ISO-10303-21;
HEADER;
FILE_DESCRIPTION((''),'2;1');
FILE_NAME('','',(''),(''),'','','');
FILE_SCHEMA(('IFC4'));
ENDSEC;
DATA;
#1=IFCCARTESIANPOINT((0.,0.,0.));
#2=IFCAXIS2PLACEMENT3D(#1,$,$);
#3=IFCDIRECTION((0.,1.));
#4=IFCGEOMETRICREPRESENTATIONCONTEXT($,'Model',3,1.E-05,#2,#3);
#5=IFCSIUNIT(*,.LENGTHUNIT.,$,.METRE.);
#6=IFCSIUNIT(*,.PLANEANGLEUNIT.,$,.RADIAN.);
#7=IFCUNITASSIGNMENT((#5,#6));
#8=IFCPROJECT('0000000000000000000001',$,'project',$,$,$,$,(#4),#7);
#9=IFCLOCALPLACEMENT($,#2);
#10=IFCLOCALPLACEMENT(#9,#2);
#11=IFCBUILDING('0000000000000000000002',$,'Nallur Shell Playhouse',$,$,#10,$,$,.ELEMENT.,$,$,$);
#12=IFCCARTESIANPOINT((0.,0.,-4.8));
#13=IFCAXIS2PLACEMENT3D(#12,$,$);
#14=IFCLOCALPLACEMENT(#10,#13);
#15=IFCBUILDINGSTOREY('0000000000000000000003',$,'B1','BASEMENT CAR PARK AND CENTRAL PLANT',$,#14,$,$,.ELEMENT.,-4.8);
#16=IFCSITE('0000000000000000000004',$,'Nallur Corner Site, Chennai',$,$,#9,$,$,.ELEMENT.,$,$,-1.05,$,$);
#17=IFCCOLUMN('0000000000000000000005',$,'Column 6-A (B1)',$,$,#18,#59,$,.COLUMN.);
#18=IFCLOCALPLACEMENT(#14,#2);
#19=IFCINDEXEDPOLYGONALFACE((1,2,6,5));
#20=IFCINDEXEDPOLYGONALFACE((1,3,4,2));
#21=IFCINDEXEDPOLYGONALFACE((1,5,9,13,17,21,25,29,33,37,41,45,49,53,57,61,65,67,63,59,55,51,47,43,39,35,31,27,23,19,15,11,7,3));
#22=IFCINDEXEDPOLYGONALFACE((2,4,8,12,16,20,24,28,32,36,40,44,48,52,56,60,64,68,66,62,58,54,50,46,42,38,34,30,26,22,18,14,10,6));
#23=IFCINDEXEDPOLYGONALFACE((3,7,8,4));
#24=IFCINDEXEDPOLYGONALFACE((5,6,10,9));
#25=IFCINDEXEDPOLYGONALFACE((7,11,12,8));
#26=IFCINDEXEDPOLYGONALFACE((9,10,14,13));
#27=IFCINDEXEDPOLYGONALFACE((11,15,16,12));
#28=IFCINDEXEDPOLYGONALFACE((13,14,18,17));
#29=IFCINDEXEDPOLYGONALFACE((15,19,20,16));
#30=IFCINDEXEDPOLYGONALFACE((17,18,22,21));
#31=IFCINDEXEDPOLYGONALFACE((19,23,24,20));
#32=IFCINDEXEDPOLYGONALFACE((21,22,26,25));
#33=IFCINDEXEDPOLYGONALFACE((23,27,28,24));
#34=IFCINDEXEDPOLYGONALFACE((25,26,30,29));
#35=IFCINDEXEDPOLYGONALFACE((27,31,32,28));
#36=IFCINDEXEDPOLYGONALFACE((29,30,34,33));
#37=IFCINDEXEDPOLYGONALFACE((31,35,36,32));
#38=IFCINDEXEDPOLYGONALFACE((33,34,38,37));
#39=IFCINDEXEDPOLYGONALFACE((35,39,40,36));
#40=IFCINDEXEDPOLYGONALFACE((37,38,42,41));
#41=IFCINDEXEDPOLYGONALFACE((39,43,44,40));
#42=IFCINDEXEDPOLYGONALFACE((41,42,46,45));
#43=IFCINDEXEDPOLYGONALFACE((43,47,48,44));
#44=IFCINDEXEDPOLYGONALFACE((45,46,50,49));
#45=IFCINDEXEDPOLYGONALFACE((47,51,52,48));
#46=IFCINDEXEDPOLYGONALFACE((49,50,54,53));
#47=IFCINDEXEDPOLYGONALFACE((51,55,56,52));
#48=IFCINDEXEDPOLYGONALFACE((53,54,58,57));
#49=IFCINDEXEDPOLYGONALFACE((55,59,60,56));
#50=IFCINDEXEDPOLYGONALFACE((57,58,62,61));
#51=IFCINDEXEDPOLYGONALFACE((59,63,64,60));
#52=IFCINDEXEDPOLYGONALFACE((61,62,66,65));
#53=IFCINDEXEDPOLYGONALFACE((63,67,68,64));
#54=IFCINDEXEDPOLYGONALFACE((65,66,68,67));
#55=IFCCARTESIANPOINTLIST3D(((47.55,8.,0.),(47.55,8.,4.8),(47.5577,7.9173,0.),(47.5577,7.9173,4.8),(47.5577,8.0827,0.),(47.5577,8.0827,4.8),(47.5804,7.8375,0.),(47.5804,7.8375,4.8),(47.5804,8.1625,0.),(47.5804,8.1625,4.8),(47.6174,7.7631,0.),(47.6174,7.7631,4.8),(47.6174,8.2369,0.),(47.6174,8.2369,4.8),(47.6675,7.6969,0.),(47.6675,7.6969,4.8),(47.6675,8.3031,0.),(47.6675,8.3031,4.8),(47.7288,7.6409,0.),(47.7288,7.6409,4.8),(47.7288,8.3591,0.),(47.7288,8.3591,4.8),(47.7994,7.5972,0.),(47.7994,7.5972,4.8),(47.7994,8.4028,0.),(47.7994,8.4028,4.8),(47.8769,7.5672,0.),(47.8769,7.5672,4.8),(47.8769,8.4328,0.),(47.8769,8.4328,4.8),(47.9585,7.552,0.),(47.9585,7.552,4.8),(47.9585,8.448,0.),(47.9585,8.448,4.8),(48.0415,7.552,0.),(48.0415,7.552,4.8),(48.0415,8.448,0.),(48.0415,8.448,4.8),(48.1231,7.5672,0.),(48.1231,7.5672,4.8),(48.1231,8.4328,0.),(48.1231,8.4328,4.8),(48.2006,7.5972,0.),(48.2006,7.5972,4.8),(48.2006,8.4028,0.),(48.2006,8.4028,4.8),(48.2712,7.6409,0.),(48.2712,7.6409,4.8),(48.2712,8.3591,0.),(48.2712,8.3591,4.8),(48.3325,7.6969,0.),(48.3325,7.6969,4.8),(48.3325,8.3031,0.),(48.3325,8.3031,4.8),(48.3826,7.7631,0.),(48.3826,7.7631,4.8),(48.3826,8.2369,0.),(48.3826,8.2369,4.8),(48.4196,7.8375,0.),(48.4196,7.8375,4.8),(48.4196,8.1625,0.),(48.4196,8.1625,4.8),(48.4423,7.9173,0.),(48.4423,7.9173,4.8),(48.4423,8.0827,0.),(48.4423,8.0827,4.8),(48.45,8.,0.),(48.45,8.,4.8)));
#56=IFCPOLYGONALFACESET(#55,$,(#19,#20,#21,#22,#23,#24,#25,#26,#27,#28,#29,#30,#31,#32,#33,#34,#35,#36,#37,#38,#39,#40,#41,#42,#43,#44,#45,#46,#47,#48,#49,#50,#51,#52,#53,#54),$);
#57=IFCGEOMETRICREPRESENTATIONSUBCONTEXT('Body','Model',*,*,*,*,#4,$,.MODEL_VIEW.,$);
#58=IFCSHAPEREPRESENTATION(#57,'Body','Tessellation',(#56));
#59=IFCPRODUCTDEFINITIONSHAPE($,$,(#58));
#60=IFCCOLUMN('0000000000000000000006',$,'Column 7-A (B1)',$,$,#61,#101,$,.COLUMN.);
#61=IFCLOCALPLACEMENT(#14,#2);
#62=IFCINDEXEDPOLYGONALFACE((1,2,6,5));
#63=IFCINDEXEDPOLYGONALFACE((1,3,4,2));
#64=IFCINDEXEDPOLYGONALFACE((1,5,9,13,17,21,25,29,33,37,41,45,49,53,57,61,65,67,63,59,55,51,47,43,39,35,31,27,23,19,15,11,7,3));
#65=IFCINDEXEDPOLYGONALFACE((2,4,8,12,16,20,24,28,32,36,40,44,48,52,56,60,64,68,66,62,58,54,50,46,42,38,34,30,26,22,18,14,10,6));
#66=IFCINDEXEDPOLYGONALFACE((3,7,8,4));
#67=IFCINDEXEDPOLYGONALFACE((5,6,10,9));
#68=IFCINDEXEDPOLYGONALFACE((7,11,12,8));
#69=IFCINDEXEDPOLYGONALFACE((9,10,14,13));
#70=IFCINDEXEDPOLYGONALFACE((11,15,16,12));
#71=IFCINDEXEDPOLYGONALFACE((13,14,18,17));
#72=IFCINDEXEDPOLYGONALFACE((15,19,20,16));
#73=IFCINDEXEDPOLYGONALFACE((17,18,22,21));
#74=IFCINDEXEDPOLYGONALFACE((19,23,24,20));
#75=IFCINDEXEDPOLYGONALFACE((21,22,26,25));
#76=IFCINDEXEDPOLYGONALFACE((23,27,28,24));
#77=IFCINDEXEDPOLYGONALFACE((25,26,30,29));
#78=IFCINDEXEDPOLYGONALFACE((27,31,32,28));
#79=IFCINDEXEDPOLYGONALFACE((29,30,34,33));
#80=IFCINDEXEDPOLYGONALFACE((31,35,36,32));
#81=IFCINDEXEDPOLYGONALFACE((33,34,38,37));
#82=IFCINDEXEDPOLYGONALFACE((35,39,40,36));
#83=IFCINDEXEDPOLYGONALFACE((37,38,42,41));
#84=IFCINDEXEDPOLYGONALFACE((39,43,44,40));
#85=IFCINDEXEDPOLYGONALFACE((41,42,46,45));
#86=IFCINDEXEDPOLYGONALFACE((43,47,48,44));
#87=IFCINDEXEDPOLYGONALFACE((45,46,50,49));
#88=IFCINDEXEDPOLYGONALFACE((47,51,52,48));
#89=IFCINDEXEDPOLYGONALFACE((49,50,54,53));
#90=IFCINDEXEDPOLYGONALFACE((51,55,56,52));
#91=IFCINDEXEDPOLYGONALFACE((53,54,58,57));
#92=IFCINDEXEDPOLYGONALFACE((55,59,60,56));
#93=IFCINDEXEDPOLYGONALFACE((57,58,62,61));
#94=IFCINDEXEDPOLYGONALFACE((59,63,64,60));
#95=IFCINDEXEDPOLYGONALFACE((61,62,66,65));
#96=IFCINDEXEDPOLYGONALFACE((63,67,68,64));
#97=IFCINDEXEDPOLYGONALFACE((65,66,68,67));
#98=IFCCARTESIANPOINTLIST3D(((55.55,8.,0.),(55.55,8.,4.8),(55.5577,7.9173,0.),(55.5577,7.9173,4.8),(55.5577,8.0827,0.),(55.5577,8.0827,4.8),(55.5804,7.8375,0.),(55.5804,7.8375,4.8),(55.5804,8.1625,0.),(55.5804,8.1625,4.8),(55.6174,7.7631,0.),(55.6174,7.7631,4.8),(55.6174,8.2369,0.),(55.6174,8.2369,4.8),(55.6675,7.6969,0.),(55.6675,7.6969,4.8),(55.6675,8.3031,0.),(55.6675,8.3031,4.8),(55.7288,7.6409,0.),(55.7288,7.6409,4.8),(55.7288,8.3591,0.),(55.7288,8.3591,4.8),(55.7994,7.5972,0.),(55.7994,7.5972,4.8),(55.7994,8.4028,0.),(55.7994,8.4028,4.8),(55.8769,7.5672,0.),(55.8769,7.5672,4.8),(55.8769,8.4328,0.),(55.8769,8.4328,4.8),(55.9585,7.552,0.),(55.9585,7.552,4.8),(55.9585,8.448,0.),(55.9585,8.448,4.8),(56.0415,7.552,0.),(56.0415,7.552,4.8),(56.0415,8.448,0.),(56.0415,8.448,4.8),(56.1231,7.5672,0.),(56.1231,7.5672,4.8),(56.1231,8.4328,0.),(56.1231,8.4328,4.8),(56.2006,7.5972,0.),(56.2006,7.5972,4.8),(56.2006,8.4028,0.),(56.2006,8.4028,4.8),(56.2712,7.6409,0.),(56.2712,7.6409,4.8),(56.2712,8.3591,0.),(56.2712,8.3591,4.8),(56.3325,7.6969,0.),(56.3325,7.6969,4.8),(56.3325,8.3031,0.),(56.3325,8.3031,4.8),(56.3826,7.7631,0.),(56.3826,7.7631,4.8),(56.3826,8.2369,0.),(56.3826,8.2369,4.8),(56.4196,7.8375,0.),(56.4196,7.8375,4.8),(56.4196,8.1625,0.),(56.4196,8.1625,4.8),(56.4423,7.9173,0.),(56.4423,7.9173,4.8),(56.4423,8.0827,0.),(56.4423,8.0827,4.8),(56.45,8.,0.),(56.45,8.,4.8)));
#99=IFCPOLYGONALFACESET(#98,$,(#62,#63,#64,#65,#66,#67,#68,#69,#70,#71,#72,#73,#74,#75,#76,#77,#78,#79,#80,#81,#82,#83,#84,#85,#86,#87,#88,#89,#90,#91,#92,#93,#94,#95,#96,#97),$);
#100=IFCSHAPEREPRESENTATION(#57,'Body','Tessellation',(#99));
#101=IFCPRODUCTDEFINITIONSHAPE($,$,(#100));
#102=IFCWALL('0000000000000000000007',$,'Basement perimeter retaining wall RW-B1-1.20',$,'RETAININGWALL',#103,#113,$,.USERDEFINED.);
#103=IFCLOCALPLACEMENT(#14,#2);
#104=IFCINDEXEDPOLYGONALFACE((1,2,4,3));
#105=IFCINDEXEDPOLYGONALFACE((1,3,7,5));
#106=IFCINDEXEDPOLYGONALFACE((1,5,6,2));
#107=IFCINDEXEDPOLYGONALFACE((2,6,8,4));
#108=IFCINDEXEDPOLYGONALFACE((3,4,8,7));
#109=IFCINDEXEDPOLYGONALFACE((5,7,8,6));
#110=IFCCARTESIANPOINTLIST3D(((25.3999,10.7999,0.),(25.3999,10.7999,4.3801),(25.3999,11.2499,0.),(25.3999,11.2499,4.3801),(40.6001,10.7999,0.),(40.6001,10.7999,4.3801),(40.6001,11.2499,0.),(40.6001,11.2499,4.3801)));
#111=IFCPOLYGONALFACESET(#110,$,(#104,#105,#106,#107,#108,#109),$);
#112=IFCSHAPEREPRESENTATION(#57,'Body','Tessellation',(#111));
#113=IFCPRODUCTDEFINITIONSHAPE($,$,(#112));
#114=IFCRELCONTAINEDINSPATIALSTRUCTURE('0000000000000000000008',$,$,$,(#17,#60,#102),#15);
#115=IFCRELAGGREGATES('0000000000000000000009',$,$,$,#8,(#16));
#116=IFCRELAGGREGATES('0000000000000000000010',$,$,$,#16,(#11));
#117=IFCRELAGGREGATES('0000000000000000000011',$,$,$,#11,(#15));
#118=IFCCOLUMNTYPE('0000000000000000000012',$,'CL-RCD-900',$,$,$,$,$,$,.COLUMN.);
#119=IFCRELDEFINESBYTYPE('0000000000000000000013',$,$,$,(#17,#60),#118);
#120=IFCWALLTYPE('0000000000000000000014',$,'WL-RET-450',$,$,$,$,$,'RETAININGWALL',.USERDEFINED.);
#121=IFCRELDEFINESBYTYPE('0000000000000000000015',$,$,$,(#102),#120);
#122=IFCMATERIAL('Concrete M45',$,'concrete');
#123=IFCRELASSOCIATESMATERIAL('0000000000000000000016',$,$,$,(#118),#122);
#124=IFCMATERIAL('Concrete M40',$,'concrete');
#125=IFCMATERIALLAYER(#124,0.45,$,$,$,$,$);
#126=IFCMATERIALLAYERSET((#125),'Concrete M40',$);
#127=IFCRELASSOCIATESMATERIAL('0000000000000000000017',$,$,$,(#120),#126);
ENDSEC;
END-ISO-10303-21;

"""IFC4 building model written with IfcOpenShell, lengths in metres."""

from ifc_helpers import new_model, si_unit, direction, frame, frame_2d, origin, origin_2d, place, context, subcontext, project, spatial, rectangle, circle, extrude, material, layer, layer_set, material_profile, profile_set, type_object, element, save


model = new_model("IFC4")

# Units and contexts
model_context = context("Model", 3, precision=1e-05, world=origin(), true_north=direction((0.0, 1.0)))
body_context = subcontext(model_context, "Body", "Model", "MODEL_VIEW")
ifc_project = project(units=[si_unit("LENGTHUNIT", "METRE"), si_unit("PLANEANGLEUNIT", "RADIAN")], contexts=[model_context])

# Site, building, storey
site_placement = place(None, origin())
site = spatial("IfcSite", under=ifc_project, at=site_placement, Name="Nallur Corner Site, Chennai", CompositionType="ELEMENT", RefElevation=-1.05)
building_placement = place(site_placement, origin())
building = spatial("IfcBuilding", under=site, at=building_placement, Name="Nallur Shell Playhouse", CompositionType="ELEMENT")
storey_placement = place(building_placement, frame((0.0, 0.0, -4.8)))
storey = spatial("IfcBuildingStorey", under=building, at=storey_placement, Name="B1", Description="BASEMENT CAR PARK AND CENTRAL PLANT", CompositionType="ELEMENT", Elevation=-4.8)

# Columns
ifc_material_1 = material(Name="Concrete M40", Category="concrete")
ifc_material_2 = material(Name="Concrete M45", Category="concrete")
ifc_material_profile_1 = material_profile(ifc_material_2, circle(Radius=0.45, at=origin_2d()), Name="RC D900")
ifc_profile_set_1 = profile_set([ifc_material_profile_1], Name="Concrete M45")
column_type_1 = type_object("IfcColumnType", Name="CL-RCD-900", PredefinedType="COLUMN", material=ifc_profile_set_1)
for number, where, z_axis, x_axis, name in (
    (1, (48.0, 8.0, 0.0), (0.0, 0.0, 1.0), (1.0, 0.0, 0.0), "Column 6-A (B1)"),
    (2, (56.0, 8.0, 0.0), (0.0, 0.0, 1.0), (1.0, 0.0, 0.0), "Column 7-A (B1)"),
):
    element("IfcColumn", number, at=place(storey_placement, frame(where, z_axis=z_axis, x_axis=x_axis)), inside=storey, type_object=column_type_1, Name=name, PredefinedType="COLUMN", context=body_context, shape_type="SweptSolid", body=[
        extrude(circle(Radius=0.45, at=origin_2d()), origin(), (0.0, 0.0, 1.0), 4.8),
    ])

# Wall
ifc_layer = layer(ifc_material_1, 0.45)
ifc_layer_set = layer_set([ifc_layer], Name="Concrete M40")
wall_type = type_object("IfcWallType", Name="WL-RET-450", ElementType="RETAININGWALL", PredefinedType="USERDEFINED", material=ifc_layer_set)
wall_placement = place(storey_placement, frame((40.6001, 11.0249, 0.0), z_axis=(0.0, 0.0, 1.0), x_axis=(-1.0, 0.0, 0.0)))
element("IfcWall", 3, at=wall_placement, inside=storey, type_object=wall_type, Name="Basement perimeter retaining wall RW-B1-1.20", ObjectType="RETAININGWALL", PredefinedType="USERDEFINED", context=body_context, shape_type="SweptSolid", body=[
    extrude(rectangle(XDim=15.2002, YDim=0.45, at=frame_2d((7.6001, 0.0))), origin(), (0.0, 0.0, 1.0), 4.3801),
])

save(model, "model.ifc")
